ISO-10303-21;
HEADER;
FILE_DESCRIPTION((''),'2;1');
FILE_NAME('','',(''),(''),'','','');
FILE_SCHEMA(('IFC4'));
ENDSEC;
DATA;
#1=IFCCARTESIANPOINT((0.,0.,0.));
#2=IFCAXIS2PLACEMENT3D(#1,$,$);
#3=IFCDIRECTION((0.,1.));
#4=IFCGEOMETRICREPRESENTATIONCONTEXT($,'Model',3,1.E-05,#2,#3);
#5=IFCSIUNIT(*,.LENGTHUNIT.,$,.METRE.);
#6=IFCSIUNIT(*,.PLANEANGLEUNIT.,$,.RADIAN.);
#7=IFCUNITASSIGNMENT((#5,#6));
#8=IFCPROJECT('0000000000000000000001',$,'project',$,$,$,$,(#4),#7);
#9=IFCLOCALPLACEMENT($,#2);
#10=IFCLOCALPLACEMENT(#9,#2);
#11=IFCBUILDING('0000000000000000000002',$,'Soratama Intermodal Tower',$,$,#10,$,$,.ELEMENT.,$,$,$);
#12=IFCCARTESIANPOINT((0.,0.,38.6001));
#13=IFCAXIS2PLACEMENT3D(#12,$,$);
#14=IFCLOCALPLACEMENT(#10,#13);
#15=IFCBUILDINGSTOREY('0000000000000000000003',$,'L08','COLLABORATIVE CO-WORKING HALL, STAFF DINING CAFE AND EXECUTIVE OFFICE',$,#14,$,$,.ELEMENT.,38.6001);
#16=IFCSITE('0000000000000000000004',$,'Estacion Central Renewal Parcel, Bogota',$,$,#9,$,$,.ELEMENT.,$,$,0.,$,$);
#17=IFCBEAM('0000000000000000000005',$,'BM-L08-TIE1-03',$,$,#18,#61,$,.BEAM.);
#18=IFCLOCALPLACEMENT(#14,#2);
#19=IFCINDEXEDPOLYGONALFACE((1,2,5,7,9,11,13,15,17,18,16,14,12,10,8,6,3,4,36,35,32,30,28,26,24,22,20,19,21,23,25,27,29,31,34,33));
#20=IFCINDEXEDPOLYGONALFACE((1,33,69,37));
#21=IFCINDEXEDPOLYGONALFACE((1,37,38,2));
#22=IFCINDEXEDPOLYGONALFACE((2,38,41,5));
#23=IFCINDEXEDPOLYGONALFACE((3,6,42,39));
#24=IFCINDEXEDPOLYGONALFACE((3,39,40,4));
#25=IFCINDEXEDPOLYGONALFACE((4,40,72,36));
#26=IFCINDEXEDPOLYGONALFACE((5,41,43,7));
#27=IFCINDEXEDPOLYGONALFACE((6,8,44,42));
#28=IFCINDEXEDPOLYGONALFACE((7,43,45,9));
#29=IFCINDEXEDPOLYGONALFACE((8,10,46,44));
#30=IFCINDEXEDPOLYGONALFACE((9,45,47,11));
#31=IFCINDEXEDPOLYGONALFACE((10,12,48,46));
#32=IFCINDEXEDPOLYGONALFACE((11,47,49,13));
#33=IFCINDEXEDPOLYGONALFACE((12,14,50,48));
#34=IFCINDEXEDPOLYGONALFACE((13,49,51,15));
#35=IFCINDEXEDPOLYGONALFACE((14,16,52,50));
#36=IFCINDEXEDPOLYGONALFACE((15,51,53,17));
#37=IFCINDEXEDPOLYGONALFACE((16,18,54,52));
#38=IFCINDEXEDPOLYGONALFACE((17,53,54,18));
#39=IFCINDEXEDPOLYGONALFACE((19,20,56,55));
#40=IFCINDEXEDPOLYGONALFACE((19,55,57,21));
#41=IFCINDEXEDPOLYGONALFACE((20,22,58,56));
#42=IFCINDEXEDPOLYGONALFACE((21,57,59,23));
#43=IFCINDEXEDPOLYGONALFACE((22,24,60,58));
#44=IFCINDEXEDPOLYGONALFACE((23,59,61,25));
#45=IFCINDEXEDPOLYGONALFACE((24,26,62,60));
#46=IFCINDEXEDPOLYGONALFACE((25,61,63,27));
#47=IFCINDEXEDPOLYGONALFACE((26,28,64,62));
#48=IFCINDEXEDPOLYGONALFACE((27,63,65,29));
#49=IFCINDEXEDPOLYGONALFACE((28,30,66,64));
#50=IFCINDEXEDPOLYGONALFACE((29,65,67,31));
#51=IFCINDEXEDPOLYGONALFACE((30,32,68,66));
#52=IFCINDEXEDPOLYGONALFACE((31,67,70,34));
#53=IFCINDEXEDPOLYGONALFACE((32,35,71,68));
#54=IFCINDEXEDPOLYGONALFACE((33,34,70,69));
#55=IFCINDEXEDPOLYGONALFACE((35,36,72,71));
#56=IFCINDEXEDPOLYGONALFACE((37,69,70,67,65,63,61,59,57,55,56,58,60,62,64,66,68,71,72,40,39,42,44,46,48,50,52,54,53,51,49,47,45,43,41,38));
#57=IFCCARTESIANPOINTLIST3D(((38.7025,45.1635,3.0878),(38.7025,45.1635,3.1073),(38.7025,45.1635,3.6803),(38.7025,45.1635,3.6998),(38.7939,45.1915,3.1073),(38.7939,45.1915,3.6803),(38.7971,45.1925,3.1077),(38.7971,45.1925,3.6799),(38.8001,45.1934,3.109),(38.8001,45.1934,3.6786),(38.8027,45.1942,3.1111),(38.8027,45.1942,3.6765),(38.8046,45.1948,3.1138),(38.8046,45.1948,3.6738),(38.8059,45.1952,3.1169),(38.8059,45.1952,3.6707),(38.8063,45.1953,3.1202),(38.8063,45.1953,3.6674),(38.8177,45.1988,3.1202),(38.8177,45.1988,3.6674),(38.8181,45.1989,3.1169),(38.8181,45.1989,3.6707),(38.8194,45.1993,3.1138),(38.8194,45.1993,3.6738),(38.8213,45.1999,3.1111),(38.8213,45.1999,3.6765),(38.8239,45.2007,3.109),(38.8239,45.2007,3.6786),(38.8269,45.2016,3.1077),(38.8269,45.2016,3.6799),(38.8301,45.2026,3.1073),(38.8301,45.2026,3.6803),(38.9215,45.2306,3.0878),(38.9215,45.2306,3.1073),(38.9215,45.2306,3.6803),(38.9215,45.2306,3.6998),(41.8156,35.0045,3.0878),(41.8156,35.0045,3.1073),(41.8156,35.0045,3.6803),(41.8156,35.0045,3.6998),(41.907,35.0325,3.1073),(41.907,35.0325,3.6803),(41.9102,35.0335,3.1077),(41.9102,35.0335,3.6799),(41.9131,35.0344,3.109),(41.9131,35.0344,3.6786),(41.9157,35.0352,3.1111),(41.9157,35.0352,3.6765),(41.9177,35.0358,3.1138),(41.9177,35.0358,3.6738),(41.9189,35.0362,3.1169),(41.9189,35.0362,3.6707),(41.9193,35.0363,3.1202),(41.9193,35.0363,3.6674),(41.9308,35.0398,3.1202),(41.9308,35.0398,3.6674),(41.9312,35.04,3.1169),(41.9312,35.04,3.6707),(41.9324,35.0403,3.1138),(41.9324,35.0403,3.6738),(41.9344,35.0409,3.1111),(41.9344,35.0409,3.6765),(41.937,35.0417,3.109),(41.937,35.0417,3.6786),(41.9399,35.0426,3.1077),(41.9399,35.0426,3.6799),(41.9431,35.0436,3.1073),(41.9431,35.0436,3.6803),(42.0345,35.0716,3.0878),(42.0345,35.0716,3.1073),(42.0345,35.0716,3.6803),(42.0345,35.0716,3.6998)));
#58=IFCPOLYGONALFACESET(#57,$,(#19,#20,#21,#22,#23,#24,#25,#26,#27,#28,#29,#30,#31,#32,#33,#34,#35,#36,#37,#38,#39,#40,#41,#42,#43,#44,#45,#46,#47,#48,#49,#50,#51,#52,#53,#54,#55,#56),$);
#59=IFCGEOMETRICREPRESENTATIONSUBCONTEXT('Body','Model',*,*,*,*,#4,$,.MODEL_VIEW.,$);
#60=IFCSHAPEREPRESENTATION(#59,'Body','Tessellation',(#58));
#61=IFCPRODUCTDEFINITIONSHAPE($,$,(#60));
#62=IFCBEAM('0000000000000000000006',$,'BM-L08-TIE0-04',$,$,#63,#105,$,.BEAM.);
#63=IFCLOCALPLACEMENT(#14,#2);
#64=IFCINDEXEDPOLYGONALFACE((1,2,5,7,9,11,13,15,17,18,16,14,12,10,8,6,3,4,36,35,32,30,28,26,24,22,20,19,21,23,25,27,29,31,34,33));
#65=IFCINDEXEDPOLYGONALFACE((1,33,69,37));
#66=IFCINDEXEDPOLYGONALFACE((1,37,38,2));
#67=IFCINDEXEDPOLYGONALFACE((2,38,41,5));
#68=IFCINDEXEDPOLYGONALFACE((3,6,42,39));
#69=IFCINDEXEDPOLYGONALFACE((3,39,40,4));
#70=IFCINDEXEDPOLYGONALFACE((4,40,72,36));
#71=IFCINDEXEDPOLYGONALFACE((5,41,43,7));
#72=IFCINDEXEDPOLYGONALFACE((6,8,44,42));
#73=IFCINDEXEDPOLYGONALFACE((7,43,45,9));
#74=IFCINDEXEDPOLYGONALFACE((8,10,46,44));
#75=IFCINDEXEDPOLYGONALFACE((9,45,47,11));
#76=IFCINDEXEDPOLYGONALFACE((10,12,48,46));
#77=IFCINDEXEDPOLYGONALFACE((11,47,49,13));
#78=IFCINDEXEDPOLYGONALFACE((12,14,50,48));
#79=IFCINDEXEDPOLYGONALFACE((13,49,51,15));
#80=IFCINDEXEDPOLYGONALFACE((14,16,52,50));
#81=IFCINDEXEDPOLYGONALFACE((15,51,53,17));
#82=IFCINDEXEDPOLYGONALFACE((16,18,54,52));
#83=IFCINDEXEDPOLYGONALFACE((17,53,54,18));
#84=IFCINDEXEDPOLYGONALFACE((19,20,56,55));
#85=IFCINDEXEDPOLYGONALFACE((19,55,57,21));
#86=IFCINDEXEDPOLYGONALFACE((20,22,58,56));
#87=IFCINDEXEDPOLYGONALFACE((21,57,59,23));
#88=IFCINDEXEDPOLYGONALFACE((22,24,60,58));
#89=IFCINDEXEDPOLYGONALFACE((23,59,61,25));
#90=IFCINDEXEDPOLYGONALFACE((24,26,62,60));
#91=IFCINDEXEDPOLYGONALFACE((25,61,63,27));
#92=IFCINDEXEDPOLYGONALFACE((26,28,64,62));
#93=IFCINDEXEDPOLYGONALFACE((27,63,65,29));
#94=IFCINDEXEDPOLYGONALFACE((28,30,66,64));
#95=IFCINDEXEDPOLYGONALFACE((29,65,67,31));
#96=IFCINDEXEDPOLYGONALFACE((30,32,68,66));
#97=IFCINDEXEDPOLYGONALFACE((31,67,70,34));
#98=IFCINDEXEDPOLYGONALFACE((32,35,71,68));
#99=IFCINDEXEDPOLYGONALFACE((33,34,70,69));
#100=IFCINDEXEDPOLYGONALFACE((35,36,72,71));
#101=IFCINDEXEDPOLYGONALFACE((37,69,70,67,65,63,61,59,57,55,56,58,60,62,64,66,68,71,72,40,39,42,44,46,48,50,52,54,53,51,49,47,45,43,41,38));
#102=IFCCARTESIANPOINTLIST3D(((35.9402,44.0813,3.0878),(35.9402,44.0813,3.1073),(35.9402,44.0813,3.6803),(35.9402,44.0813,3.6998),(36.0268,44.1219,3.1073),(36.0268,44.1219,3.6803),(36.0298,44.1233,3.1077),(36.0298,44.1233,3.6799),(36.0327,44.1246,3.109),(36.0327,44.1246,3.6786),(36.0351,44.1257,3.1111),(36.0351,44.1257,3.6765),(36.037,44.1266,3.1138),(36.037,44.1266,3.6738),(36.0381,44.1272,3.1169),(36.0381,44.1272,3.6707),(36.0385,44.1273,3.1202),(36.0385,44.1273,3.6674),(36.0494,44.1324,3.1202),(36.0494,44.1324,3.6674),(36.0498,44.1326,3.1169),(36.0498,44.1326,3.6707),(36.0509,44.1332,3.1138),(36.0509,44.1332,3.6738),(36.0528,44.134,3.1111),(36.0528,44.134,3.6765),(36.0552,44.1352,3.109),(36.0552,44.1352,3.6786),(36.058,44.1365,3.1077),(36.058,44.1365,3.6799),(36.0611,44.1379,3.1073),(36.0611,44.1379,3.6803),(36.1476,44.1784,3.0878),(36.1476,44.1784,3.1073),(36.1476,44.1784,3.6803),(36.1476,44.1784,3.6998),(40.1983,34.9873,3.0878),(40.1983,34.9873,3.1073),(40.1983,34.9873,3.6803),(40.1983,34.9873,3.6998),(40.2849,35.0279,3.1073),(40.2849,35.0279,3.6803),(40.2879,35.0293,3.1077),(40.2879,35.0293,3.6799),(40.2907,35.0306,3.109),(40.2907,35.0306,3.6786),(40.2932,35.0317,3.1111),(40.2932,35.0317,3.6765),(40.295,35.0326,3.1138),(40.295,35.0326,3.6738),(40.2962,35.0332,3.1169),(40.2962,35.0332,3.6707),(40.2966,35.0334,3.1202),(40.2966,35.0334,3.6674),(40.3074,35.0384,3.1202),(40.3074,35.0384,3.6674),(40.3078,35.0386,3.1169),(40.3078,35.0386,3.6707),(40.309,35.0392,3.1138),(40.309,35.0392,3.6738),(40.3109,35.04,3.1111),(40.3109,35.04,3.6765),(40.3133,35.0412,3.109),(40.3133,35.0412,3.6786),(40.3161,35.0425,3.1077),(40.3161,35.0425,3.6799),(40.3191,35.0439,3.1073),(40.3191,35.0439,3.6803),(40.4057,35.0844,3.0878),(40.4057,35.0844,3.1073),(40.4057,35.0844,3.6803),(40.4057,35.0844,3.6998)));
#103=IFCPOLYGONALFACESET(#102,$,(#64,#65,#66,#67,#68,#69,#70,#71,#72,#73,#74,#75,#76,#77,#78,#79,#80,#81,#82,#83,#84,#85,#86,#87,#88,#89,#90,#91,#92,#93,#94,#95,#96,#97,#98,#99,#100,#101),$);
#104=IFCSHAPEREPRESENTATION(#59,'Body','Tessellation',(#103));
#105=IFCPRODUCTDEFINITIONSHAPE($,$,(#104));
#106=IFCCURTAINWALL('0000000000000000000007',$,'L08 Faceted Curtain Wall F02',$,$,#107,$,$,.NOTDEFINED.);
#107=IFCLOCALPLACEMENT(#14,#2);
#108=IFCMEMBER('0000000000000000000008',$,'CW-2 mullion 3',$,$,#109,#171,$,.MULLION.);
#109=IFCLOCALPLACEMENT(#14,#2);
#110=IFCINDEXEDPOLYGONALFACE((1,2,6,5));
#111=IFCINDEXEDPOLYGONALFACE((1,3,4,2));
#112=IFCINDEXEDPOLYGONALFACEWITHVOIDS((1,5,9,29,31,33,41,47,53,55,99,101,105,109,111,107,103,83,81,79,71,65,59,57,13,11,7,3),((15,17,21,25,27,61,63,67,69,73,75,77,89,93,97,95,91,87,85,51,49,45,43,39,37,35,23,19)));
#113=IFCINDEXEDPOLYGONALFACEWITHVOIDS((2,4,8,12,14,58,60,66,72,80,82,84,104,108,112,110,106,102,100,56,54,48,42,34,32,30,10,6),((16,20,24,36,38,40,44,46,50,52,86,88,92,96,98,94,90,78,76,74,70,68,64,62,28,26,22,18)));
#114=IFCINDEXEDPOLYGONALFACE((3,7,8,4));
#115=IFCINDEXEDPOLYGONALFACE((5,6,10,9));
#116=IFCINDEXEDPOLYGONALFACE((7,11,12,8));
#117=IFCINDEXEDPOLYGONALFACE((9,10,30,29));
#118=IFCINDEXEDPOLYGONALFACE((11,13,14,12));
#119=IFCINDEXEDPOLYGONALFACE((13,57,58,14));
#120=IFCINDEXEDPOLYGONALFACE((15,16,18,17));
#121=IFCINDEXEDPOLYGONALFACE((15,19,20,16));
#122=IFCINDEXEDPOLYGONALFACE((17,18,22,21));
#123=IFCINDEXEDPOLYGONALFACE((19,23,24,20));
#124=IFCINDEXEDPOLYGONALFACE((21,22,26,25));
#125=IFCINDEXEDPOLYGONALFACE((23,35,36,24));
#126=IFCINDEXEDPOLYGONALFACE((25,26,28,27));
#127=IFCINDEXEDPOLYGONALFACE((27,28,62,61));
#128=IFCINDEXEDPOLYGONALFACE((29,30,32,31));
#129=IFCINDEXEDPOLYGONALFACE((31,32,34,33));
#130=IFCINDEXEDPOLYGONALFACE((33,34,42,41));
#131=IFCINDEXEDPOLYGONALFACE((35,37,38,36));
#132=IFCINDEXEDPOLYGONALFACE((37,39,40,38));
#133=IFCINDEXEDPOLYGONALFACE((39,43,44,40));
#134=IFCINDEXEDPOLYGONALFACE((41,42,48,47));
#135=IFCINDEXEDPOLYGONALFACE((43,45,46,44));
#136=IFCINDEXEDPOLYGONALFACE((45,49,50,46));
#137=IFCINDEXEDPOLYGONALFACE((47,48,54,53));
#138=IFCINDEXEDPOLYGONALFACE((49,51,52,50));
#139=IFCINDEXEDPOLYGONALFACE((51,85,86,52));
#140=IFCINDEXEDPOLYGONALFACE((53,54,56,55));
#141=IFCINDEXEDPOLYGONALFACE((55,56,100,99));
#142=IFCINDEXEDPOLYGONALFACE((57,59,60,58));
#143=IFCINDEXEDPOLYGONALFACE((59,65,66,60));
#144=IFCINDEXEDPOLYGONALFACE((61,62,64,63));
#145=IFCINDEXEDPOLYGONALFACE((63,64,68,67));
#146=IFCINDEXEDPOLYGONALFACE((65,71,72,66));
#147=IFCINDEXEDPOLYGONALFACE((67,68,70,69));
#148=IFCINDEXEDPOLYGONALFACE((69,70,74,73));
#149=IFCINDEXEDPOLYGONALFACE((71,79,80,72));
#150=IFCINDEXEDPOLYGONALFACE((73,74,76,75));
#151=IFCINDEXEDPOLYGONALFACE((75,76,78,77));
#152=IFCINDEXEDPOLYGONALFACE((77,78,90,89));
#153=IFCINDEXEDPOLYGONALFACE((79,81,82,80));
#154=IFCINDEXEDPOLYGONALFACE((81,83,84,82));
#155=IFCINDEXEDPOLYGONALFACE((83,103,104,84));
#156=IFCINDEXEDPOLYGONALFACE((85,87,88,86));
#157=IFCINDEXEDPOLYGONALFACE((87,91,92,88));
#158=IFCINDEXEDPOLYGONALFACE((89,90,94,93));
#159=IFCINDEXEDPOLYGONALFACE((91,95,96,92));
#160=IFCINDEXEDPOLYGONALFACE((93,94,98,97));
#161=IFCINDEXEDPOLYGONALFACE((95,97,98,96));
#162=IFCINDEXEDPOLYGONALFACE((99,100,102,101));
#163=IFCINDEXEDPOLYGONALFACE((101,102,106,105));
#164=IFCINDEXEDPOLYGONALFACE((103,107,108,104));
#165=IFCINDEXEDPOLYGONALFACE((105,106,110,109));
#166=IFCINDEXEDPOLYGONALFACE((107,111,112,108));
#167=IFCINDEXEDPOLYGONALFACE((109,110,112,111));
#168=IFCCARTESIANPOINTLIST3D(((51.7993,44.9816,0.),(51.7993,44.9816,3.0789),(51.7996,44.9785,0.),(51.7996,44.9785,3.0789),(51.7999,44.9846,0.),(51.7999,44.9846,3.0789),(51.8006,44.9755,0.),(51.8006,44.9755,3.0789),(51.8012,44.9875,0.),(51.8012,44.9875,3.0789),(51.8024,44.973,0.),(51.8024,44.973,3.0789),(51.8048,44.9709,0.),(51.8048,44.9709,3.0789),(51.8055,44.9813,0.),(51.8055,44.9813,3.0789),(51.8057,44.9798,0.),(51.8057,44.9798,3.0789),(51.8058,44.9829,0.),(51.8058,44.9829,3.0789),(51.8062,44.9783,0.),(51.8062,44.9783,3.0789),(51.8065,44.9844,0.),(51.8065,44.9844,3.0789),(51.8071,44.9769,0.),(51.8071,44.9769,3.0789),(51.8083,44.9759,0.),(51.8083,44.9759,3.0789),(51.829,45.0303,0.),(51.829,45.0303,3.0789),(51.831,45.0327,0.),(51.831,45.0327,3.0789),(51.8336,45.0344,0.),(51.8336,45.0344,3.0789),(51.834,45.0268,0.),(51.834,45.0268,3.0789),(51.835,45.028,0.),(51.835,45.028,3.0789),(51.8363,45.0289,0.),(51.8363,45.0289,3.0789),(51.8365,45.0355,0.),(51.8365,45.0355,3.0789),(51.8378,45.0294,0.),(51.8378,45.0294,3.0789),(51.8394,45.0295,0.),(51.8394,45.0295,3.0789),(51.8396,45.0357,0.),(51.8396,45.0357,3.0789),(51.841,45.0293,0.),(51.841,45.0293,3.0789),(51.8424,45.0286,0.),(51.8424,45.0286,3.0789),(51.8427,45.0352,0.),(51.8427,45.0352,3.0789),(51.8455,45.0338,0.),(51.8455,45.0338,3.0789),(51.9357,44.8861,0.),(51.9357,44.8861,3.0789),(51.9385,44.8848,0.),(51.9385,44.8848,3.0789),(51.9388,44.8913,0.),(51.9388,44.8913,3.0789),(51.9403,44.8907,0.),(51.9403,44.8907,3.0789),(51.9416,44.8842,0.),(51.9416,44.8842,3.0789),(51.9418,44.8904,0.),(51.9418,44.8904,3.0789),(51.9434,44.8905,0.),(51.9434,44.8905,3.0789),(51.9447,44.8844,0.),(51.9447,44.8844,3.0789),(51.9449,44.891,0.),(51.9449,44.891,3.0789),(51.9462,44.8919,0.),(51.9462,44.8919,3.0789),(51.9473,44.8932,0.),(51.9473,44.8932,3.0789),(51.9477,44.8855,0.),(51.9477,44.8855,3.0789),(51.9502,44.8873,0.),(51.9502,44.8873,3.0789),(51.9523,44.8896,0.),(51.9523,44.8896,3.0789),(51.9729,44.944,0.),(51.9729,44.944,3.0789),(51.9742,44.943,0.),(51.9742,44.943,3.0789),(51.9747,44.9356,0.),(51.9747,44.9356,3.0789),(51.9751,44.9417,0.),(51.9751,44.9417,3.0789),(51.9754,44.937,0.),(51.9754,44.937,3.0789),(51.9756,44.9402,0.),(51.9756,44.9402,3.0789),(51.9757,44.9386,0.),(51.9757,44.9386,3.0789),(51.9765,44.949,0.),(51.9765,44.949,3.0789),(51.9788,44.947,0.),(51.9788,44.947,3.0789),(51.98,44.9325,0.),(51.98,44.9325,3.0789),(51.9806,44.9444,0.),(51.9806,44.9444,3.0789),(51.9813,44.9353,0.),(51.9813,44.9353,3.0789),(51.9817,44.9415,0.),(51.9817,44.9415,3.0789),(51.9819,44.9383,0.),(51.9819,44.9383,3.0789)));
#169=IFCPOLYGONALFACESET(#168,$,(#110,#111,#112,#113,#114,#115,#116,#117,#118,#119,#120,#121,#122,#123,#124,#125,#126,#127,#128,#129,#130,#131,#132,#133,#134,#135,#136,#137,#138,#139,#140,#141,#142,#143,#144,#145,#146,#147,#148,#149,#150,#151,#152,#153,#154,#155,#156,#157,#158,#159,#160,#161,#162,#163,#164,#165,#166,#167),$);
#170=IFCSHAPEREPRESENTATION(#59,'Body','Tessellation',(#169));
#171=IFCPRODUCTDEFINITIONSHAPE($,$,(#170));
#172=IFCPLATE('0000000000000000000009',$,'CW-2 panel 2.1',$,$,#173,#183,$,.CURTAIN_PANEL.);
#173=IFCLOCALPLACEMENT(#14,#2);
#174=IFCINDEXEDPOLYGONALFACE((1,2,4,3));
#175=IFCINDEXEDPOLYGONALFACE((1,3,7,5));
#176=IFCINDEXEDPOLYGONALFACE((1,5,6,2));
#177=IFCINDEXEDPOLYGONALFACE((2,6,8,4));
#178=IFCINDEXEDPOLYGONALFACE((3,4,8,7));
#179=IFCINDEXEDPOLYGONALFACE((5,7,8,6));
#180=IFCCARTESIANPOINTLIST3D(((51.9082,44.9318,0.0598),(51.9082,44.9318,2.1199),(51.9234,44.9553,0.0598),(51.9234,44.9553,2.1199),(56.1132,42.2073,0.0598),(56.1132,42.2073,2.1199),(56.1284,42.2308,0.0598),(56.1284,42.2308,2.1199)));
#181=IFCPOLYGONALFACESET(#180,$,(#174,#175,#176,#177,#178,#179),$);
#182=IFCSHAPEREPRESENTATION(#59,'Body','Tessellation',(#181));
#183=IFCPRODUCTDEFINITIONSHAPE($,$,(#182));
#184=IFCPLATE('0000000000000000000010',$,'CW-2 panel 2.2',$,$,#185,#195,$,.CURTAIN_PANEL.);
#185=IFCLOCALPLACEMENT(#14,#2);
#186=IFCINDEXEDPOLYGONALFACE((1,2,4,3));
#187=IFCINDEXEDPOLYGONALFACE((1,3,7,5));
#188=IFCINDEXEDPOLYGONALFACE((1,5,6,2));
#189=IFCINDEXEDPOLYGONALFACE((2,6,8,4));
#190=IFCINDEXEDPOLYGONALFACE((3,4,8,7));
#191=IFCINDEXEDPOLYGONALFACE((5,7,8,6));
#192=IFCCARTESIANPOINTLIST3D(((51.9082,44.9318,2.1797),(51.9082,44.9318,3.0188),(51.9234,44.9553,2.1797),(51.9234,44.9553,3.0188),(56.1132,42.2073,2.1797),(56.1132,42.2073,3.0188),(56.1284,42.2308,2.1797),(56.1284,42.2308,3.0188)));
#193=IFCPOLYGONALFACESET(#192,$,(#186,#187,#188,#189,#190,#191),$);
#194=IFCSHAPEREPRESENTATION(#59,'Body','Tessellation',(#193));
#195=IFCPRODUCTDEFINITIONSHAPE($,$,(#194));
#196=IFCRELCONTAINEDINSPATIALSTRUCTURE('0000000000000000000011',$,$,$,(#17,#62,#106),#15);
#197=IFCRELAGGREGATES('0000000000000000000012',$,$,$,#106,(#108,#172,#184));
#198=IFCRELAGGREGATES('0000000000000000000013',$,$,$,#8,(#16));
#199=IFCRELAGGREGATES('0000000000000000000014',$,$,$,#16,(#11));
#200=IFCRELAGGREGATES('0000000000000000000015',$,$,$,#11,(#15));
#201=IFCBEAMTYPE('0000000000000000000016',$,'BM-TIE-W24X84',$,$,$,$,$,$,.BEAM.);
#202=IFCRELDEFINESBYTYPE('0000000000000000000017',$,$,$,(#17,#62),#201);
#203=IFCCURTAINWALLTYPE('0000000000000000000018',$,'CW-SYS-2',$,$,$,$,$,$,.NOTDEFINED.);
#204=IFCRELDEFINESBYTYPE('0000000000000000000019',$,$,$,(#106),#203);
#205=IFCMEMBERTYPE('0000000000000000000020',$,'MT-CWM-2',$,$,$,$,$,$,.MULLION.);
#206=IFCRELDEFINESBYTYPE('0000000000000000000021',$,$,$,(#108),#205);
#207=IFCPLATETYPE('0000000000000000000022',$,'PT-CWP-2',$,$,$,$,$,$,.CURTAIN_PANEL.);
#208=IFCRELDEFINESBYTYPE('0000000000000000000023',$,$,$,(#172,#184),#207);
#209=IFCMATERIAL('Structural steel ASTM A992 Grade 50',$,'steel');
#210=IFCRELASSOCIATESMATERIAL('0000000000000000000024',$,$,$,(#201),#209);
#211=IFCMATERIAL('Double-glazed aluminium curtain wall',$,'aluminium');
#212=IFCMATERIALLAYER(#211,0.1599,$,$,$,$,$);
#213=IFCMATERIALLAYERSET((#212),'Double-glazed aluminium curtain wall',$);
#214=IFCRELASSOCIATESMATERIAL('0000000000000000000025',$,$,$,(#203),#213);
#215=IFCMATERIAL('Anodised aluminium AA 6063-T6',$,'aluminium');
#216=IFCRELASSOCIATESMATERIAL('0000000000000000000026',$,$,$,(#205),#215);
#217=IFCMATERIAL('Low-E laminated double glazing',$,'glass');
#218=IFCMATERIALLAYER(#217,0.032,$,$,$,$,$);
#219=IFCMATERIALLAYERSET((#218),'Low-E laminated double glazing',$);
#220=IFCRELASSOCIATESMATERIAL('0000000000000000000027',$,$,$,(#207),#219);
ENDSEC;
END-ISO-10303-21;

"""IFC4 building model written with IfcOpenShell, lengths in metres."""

from ifc_helpers import new_model, si_unit, direction, frame, origin, origin_2d, place, context, subcontext, project, spatial, rectangle, hollow_rectangle, i_section, extrude, material, layer, layer_set, material_profile, profile_set, type_object, element, aggregate, save


model = new_model("IFC4")

# Units and contexts
model_context = context("Model", 3, precision=1e-05, world=origin(), true_north=direction((0.0, 1.0)))
body_context = subcontext(model_context, "Body", "Model", "MODEL_VIEW")
ifc_project = project(units=[si_unit("LENGTHUNIT", "METRE"), si_unit("PLANEANGLEUNIT", "RADIAN")], contexts=[model_context])

# Site, building, storey
site_placement = place(None, origin())
site = spatial("IfcSite", under=ifc_project, at=site_placement, Name="Estacion Central Renewal Parcel, Bogota", CompositionType="ELEMENT", RefElevation=0.0)
building_placement = place(site_placement, origin())
building = spatial("IfcBuilding", under=site, at=building_placement, Name="Soratama Intermodal Tower", CompositionType="ELEMENT")
storey_placement = place(building_placement, frame((0.0, 0.0, 38.6001)))
storey = spatial("IfcBuildingStorey", under=building, at=storey_placement, Name="L08", Description="COLLABORATIVE CO-WORKING HALL, STAFF DINING CAFE AND EXECUTIVE OFFICE", CompositionType="ELEMENT", Elevation=38.6001)

# Beams
ifc_material_1 = material(Name="Structural steel ASTM A992 Grade 50", Category="steel")
ifc_material_profile_1 = material_profile(ifc_material_1, i_section(OverallWidth=0.229, OverallDepth=0.6121, WebThickness=0.012, FlangeThickness=0.0195, FilletRadius=0.0129, at=origin_2d()), Name="W24X84")
ifc_profile_set_1 = profile_set([ifc_material_profile_1], Name="Structural steel ASTM A992 Grade 50")
beam_type_1 = type_object("IfcBeamType", Name="BM-TIE-W24X84", PredefinedType="BEAM", material=ifc_profile_set_1)
beam_1_placement = place(storey_placement, frame((41.925, 35.0381, 3.3938), z_axis=(-0.292986, 0.956117, 0.0), x_axis=(-0.956117, -0.292986, 0.0)))
element("IfcBeam", 1, at=beam_1_placement, inside=storey, type_object=beam_type_1, Name="BM-L08-TIE1-03", PredefinedType="BEAM", context=body_context, shape_type="SweptSolid", body=[
    extrude(i_section(OverallWidth=0.229, OverallDepth=0.6121, WebThickness=0.012, FlangeThickness=0.0195, FilletRadius=0.0129, at=origin_2d()), origin(), (0.0, 0.0, 1.0), 10.6252),
])
beam_2_placement = place(storey_placement, frame((40.302, 35.0359, 3.3938), z_axis=(-0.424046, 0.905641, 0.0), x_axis=(-0.905641, -0.424046, 0.0)))
element("IfcBeam", 2, at=beam_2_placement, inside=storey, type_object=beam_type_1, Name="BM-L08-TIE0-04", PredefinedType="BEAM", context=body_context, shape_type="SweptSolid", body=[
    extrude(i_section(OverallWidth=0.229, OverallDepth=0.6121, WebThickness=0.012, FlangeThickness=0.0195, FilletRadius=0.0129, at=origin_2d()), origin(), (0.0, 0.0, 1.0), 10.0415),
])

# Curtain wall, member, plates
ifc_material_2 = material(Name="Double-glazed aluminium curtain wall", Category="aluminium")
ifc_layer_1 = layer(ifc_material_2, 0.1599)
ifc_layer_set_1 = layer_set([ifc_layer_1], Name="Double-glazed aluminium curtain wall")
curtain_wall_type = type_object("IfcCurtainWallType", Name="CW-SYS-2", PredefinedType="NOTDEFINED", material=ifc_layer_set_1)
curtain_wall_placement = place(storey_placement, origin())
curtain_wall = element("IfcCurtainWall", 3, at=curtain_wall_placement, inside=storey, type_object=curtain_wall_type, Name="L08 Faceted Curtain Wall F02", PredefinedType="NOTDEFINED")
ifc_material_3 = material(Name="Anodised aluminium AA 6063-T6", Category="aluminium")
ifc_material_profile_2 = material_profile(ifc_material_3, hollow_rectangle(XDim=0.075, YDim=0.1799, WallThickness=0.0061, InnerFilletRadius=0.0061, OuterFilletRadius=0.012, at=origin_2d()), Name="CWM180X75X6")
ifc_profile_set_2 = profile_set([ifc_material_profile_2], Name="Anodised aluminium AA 6063-T6")
member_type = type_object("IfcMemberType", Name="MT-CWM-2", PredefinedType="MULLION", material=ifc_profile_set_2)
member_placement = place(storey_placement, frame((51.8906, 44.96, 0.0), z_axis=(0.0, 0.0, 1.0), x_axis=(-0.543763, -0.839239, 0.0)))
member = element("IfcMember", 4, at=member_placement, type_object=member_type, Name="CW-2 mullion 3", PredefinedType="MULLION", context=body_context, shape_type="SweptSolid", body=[
    extrude(hollow_rectangle(XDim=0.075, YDim=0.1799, WallThickness=0.0061, InnerFilletRadius=0.0061, OuterFilletRadius=0.012, at=origin_2d()), origin(), (0.0, 0.0, 1.0), 3.0789),
])
ifc_material_4 = material(Name="Low-E laminated double glazing", Category="glass")
ifc_layer_2 = layer(ifc_material_4, 0.032)
ifc_layer_set_2 = layer_set([ifc_layer_2], Name="Low-E laminated double glazing")
plate_type = type_object("IfcPlateType", Name="PT-CWP-2", PredefinedType="CURTAIN_PANEL", material=ifc_layer_set_2)
plate_1_placement = place(storey_placement, frame((54.0183, 43.5813, 0.0598), z_axis=(0.0, 0.0, 1.0), x_axis=(-0.839239, 0.543763, 0.0)))
plate_1 = element("IfcPlate", 5, at=plate_1_placement, type_object=plate_type, Name="CW-2 panel 2.1", PredefinedType="CURTAIN_PANEL", context=body_context, shape_type="SweptSolid", body=[
    extrude(rectangle(XDim=5.0105, YDim=0.0281, at=origin_2d()), origin(), (0.0, 0.0, 1.0), 2.0601),
])
plate_2_placement = place(storey_placement, frame((54.0183, 43.5813, 2.1797), z_axis=(0.0, 0.0, 1.0), x_axis=(-0.839239, 0.543763, 0.0)))
plate_2 = element("IfcPlate", 6, at=plate_2_placement, type_object=plate_type, Name="CW-2 panel 2.2", PredefinedType="CURTAIN_PANEL", context=body_context, shape_type="SweptSolid", body=[
    extrude(rectangle(XDim=5.0105, YDim=0.0281, at=origin_2d()), origin(), (0.0, 0.0, 1.0), 0.8391),
])
aggregate(curtain_wall, [member, plate_1, plate_2])

save(model, "model.ifc")
